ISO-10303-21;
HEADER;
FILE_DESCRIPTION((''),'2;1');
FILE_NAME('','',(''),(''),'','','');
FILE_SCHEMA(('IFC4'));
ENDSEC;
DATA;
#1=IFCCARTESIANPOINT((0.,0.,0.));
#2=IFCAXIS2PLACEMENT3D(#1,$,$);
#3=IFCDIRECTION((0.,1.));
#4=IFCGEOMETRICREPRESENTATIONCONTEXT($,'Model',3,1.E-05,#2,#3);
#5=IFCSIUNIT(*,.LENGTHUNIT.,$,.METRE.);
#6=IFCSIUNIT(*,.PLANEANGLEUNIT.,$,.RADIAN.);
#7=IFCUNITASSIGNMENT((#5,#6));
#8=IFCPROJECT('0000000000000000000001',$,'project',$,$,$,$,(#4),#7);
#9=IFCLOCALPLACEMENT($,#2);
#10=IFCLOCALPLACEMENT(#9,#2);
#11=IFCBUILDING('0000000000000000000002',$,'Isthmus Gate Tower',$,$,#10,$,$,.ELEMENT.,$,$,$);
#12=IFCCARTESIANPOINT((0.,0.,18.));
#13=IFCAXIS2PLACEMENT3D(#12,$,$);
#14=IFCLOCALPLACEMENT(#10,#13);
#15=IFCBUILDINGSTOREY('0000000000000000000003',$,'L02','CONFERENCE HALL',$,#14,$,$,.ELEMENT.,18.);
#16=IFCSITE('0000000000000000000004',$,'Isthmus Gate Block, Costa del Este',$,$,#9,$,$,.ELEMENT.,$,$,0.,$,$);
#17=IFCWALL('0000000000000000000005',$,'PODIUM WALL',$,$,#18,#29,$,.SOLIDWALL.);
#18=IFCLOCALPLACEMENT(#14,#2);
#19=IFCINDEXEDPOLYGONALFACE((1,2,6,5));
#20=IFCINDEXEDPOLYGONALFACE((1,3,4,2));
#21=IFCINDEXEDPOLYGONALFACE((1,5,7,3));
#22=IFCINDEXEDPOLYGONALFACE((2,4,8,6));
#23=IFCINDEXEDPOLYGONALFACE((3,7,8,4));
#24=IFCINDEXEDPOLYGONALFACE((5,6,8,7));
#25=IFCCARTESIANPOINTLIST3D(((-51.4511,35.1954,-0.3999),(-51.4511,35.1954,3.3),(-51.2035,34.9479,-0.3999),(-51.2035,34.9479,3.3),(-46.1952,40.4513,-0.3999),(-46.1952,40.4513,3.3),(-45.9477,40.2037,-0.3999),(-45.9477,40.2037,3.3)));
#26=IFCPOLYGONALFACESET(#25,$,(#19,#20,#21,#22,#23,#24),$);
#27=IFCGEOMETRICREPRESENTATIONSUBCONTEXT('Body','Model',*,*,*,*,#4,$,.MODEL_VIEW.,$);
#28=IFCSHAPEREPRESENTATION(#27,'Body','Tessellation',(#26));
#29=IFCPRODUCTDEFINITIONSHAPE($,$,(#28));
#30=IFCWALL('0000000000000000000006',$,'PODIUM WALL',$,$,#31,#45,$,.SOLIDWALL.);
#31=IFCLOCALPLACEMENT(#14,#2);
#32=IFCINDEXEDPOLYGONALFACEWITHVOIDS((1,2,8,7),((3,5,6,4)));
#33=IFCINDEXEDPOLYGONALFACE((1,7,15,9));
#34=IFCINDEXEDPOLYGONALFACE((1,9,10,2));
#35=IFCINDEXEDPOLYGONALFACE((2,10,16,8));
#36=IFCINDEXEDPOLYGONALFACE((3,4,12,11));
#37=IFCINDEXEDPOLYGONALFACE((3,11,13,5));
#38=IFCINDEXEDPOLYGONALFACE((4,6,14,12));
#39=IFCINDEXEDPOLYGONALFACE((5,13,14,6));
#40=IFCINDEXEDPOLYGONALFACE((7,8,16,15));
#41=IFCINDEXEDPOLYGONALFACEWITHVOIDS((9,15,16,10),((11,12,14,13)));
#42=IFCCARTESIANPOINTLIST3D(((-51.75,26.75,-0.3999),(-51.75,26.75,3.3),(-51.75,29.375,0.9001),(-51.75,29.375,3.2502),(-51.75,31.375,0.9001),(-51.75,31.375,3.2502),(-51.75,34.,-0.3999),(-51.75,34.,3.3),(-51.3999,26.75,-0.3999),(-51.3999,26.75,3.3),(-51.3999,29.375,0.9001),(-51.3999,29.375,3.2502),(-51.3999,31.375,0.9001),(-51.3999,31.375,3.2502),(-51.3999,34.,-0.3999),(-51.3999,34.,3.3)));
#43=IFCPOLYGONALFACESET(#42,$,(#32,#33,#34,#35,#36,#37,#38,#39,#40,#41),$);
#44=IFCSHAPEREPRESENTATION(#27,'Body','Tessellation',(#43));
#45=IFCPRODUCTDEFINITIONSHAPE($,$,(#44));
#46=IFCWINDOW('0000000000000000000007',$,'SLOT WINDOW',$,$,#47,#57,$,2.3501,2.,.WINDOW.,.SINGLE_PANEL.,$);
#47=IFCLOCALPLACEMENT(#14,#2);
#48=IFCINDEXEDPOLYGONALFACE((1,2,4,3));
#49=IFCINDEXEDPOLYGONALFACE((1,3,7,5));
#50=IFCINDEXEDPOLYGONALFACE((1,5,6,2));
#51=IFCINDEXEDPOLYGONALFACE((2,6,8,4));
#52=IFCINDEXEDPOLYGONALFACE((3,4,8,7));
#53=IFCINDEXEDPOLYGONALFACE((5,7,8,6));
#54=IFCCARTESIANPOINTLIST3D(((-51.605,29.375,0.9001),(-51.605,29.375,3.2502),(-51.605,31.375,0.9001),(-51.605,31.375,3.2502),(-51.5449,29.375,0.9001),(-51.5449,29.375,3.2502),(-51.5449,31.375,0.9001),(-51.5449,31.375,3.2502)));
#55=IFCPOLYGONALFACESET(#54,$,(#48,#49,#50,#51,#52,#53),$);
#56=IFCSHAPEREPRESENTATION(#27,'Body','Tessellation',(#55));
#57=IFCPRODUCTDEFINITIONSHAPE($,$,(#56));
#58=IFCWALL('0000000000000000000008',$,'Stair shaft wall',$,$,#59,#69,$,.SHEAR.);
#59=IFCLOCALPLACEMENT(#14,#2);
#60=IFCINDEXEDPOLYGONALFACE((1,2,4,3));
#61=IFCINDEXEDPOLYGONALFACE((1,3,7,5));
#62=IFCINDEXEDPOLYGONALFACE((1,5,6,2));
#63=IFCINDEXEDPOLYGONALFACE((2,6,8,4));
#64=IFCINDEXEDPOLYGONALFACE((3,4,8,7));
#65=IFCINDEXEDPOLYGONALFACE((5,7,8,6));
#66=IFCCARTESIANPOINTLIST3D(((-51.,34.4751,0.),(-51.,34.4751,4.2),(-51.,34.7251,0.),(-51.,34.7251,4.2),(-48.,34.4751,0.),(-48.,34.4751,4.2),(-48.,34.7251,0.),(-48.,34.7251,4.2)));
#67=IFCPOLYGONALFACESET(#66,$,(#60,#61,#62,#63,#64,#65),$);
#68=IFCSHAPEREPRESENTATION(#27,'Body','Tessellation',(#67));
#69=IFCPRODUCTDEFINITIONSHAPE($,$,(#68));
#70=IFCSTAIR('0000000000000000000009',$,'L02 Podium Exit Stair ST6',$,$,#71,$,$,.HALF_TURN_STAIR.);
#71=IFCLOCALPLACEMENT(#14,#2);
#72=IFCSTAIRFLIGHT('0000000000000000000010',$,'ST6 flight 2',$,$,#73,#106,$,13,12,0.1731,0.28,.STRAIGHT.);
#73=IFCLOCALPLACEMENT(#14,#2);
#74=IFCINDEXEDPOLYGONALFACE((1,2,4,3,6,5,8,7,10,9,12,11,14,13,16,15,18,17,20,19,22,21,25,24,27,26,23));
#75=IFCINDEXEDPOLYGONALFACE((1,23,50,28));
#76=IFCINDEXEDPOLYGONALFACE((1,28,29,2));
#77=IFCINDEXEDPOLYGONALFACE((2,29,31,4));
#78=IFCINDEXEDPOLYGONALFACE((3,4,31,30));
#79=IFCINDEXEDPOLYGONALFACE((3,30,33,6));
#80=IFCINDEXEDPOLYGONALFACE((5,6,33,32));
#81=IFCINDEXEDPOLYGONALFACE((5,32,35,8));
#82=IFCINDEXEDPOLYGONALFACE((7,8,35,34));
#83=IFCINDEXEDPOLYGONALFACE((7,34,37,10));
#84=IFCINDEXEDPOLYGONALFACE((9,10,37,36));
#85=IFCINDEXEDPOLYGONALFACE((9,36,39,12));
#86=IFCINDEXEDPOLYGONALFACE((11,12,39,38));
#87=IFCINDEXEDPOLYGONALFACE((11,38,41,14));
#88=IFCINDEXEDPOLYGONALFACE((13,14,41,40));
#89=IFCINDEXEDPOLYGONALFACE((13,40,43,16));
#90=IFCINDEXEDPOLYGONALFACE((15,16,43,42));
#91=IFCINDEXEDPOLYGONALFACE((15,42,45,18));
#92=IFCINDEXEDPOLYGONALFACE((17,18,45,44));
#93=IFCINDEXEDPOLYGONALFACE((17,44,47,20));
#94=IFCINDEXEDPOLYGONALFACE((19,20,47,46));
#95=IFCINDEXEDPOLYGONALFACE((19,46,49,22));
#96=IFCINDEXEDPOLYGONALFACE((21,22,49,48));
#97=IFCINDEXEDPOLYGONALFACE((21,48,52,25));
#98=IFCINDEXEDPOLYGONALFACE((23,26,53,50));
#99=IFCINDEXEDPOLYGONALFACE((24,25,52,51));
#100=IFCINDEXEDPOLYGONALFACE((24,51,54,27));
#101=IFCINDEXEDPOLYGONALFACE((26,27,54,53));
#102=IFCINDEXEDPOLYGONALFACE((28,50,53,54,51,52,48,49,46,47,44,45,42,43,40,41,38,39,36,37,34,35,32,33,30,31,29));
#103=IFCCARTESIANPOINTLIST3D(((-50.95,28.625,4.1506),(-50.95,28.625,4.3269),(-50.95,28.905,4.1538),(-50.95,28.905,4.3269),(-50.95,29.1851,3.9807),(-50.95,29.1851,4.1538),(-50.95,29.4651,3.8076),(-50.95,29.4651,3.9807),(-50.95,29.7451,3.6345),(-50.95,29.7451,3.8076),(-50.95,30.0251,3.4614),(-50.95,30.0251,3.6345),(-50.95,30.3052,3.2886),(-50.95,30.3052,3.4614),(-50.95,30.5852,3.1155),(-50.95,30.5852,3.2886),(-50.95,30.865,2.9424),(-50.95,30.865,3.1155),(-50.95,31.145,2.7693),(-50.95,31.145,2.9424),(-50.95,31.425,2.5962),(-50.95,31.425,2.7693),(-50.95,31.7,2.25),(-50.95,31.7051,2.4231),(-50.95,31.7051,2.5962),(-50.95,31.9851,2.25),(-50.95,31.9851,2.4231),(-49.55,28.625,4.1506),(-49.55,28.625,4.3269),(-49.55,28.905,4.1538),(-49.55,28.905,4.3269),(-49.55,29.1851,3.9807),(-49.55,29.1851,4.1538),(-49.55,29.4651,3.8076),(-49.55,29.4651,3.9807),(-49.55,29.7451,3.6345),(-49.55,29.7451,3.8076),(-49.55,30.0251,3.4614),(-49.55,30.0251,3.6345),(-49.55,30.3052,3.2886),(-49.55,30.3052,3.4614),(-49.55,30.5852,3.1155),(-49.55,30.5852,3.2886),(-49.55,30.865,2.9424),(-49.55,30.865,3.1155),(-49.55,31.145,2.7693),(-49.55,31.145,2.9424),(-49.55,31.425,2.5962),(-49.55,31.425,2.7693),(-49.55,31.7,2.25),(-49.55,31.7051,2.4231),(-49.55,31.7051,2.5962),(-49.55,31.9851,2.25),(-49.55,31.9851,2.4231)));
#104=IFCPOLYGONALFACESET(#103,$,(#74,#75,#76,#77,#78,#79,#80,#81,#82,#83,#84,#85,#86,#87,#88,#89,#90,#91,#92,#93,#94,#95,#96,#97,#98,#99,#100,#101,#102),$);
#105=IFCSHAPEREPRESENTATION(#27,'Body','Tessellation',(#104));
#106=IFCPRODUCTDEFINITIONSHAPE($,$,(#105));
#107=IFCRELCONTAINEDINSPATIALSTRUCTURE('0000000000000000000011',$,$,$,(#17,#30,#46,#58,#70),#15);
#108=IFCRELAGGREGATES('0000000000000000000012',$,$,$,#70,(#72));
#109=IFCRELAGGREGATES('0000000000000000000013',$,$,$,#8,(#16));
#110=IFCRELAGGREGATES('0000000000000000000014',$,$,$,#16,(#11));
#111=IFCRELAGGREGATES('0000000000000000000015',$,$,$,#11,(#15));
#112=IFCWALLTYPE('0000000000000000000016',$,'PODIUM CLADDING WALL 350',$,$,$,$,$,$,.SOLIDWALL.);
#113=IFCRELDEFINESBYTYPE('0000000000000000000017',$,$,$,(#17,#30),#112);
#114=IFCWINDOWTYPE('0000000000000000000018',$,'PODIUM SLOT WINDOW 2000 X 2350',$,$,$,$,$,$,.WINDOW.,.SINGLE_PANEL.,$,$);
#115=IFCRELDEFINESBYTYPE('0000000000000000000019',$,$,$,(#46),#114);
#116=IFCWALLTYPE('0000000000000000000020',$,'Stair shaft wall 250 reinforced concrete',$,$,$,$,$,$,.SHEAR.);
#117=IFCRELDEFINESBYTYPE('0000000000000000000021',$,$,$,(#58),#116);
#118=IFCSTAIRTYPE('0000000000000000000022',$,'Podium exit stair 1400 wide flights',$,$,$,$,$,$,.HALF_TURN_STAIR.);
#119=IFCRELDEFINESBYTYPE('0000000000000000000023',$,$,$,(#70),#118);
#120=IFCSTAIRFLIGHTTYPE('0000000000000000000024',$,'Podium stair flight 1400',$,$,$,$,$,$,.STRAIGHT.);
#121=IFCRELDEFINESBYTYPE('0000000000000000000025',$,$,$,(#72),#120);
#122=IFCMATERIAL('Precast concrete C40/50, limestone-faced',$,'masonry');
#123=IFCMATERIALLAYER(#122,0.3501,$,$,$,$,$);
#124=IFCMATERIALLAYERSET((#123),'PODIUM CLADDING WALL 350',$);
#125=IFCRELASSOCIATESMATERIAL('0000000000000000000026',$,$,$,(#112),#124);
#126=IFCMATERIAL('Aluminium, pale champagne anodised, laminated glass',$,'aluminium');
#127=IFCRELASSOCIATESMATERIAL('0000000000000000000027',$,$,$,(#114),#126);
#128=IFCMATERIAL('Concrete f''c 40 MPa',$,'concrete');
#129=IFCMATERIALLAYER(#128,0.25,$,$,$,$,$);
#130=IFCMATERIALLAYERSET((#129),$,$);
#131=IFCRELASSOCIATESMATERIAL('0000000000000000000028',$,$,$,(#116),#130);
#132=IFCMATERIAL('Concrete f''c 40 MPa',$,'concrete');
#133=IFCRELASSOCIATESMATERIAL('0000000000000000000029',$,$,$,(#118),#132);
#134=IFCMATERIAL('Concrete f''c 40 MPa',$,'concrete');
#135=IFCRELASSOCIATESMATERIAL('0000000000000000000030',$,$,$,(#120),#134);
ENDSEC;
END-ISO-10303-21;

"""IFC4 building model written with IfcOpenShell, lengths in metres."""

from ifc_helpers import new_model, si_unit, direction, frame, frame_2d, origin, place, context, subcontext, project, spatial, polyline, rectangle, outline, extrude, material, layer, layer_set, type_object, element, fill, aggregate, save


model = new_model("IFC4")

# Units and contexts
model_context = context("Model", 3, precision=1e-05, world=origin(), true_north=direction((0.0, 1.0)))
body_context = subcontext(model_context, "Body", "Model", "MODEL_VIEW")
ifc_project = project(units=[si_unit("LENGTHUNIT", "METRE"), si_unit("PLANEANGLEUNIT", "RADIAN")], contexts=[model_context])

# Site, building, storey
site_placement = place(None, origin())
site = spatial("IfcSite", under=ifc_project, at=site_placement, Name="Isthmus Gate Block, Costa del Este", CompositionType="ELEMENT", RefElevation=0.0)
building_placement = place(site_placement, origin())
building = spatial("IfcBuilding", under=site, at=building_placement, Name="Isthmus Gate Tower", CompositionType="ELEMENT")
storey_placement = place(building_placement, frame((0.0, 0.0, 18.0)))
storey = spatial("IfcBuildingStorey", under=building, at=storey_placement, Name="L02", Description="CONFERENCE HALL", CompositionType="ELEMENT", Elevation=18.0)

# Wall
ifc_material_1 = material(Name="Precast concrete C40/50, limestone-faced", Category="masonry")
ifc_layer_1 = layer(ifc_material_1, 0.3501)
ifc_layer_set_1 = layer_set([ifc_layer_1], Name="PODIUM CLADDING WALL 350")
wall_type_1 = type_object("IfcWallType", Name="PODIUM CLADDING WALL 350", PredefinedType="SOLIDWALL", material=ifc_layer_set_1)
wall_1_placement = place(storey_placement, frame((-46.0715, 40.3274, -0.3999), z_axis=(0.0, 0.0, 1.0), x_axis=(-0.707107, -0.707107, 0.0)))
element("IfcWall", 1, at=wall_1_placement, inside=storey, type_object=wall_type_1, Name="PODIUM WALL", PredefinedType="SOLIDWALL", context=body_context, shape_type="SweptSolid", body=[
    extrude(rectangle(XDim=7.4329, YDim=0.3501, at=frame_2d((3.7163, 0.0))), origin(), (0.0, 0.0, 1.0), 3.7),
])

# Wall, opening, window
wall_2_placement = place(storey_placement, frame((-51.575, 34.0, -0.3999), z_axis=(0.0, 0.0, 1.0), x_axis=(0.0, -1.0, 0.0)))
wall_2 = element("IfcWall", 2, at=wall_2_placement, inside=storey, type_object=wall_type_1, Name="PODIUM WALL", PredefinedType="SOLIDWALL", context=body_context, shape_type="SweptSolid", body=[
    extrude(rectangle(XDim=7.25, YDim=0.3501, at=frame_2d((3.625, 0.0))), origin(), (0.0, 0.0, 1.0), 3.7),
])
opening_1_placement = place(wall_2_placement, frame((2.625, 0.0, 1.3)))
opening_1 = element("IfcOpeningElement", 3, at=opening_1_placement, cuts=wall_2, PredefinedType="OPENING", context=body_context, shape_type="SweptSolid", body=[
    extrude(rectangle(XDim=2.0, YDim=2.3501, at=frame_2d((1.0, 1.175))), frame((0.0, 0.1851, 0.0), z_axis=(0.0, -1.0, 0.0), x_axis=(1.0, 0.0, 0.0)), (0.0, 0.0, 1.0), 0.3701),
])
ifc_material_2 = material(Name="Aluminium, pale champagne anodised, laminated glass", Category="aluminium")
window_type = type_object("IfcWindowType", Name="PODIUM SLOT WINDOW 2000 X 2350", PartitioningType="SINGLE_PANEL", PredefinedType="WINDOW", material=ifc_material_2)
window_placement = place(opening_1_placement, origin())
window = element("IfcWindow", 4, at=window_placement, inside=storey, type_object=window_type, Name="SLOT WINDOW", OverallHeight=2.3501, OverallWidth=2.0, PartitioningType="SINGLE_PANEL", PredefinedType="WINDOW", context=body_context, shape_type="SweptSolid", body=[
    extrude(rectangle(XDim=2.0, YDim=2.3501, at=frame_2d((1.0, 1.175))), frame((0.0, 0.03, 0.0), z_axis=(0.0, -1.0, 0.0), x_axis=(1.0, 0.0, 0.0)), (0.0, 0.0, 1.0), 0.0601),
])
fill(opening_1, window)

# Wall
ifc_material_3 = material(Name="Concrete f'c 40 MPa", Category="concrete")
ifc_layer_2 = layer(ifc_material_3, 0.25)
ifc_layer_set_2 = layer_set([ifc_layer_2])
wall_type_2 = type_object("IfcWallType", Name="Stair shaft wall 250 reinforced concrete", PredefinedType="SHEAR", material=ifc_layer_set_2)
wall_3_placement = place(storey_placement, frame((-51.0, 34.6001, 0.0), z_axis=(0.0, 0.0, 1.0), x_axis=(1.0, 0.0, 0.0)))
element("IfcWall", 5, at=wall_3_placement, inside=storey, type_object=wall_type_2, Name="Stair shaft wall", PredefinedType="SHEAR", context=body_context, shape_type="SweptSolid", body=[
    extrude(rectangle(XDim=3.0, YDim=0.25, at=frame_2d((1.5, 0.0))), origin(), (0.0, 0.0, 1.0), 4.2),
])

# Stair, stair flight
ifc_material_4 = material(Name="Concrete f'c 40 MPa", Category="concrete")
stair_type = type_object("IfcStairType", Name="Podium exit stair 1400 wide flights", PredefinedType="HALF_TURN_STAIR", material=ifc_material_4)
stair_placement = place(storey_placement, origin())
stair = element("IfcStair", 6, at=stair_placement, inside=storey, type_object=stair_type, Name="L02 Podium Exit Stair ST6", PredefinedType="HALF_TURN_STAIR")
ifc_material_5 = material(Name="Concrete f'c 40 MPa", Category="concrete")
stair_flight_type = type_object("IfcStairFlightType", Name="Podium stair flight 1400", PredefinedType="STRAIGHT", material=ifc_material_5)
stair_flight_placement = place(storey_placement, frame((-50.25, 31.9851, 2.25), z_axis=(0.0, 0.0, 1.0), x_axis=(0.0, -1.0, 0.0)))
stair_flight = element("IfcStairFlight", 7, at=stair_flight_placement, type_object=stair_flight_type, Name="ST6 flight 2", NumberOfRisers=13, NumberOfTreads=12, PredefinedType="STRAIGHT", RiserHeight=0.1731, TreadLength=0.28, context=body_context, shape_type="SweptSolid", body=[
    extrude(outline(polyline([(0.0, 0.0), (0.0, 0.1731), (0.28, 0.1731), (0.28, 0.3462), (0.5601, 0.3462), (0.5601, 0.5193), (0.8401, 0.5193), (0.8401, 0.6924), (1.1201, 0.6924), (1.1201, 0.8655), (1.3999, 0.8655), (1.3999, 1.0386), (1.6799, 1.0386), (1.6799, 1.2114), (1.96, 1.2114), (1.96, 1.3845), (2.24, 1.3845), (2.24, 1.5576), (2.52, 1.5576), (2.52, 1.7307), (2.8, 1.7307), (2.8, 1.9038), (3.0801, 1.9038), (3.0801, 2.0769), (3.3601, 2.0769), (3.3601, 2.25), (3.3601, 1.9006), (0.2852, 0.0), (0.0, 0.0)])), frame((0.0, 0.7, 0.0), z_axis=(0.0, -1.0, 0.0), x_axis=(1.0, 0.0, 0.0)), (0.0, 0.0, 1.0), 1.3999),
])
aggregate(stair, [stair_flight])

save(model, "model.ifc")
